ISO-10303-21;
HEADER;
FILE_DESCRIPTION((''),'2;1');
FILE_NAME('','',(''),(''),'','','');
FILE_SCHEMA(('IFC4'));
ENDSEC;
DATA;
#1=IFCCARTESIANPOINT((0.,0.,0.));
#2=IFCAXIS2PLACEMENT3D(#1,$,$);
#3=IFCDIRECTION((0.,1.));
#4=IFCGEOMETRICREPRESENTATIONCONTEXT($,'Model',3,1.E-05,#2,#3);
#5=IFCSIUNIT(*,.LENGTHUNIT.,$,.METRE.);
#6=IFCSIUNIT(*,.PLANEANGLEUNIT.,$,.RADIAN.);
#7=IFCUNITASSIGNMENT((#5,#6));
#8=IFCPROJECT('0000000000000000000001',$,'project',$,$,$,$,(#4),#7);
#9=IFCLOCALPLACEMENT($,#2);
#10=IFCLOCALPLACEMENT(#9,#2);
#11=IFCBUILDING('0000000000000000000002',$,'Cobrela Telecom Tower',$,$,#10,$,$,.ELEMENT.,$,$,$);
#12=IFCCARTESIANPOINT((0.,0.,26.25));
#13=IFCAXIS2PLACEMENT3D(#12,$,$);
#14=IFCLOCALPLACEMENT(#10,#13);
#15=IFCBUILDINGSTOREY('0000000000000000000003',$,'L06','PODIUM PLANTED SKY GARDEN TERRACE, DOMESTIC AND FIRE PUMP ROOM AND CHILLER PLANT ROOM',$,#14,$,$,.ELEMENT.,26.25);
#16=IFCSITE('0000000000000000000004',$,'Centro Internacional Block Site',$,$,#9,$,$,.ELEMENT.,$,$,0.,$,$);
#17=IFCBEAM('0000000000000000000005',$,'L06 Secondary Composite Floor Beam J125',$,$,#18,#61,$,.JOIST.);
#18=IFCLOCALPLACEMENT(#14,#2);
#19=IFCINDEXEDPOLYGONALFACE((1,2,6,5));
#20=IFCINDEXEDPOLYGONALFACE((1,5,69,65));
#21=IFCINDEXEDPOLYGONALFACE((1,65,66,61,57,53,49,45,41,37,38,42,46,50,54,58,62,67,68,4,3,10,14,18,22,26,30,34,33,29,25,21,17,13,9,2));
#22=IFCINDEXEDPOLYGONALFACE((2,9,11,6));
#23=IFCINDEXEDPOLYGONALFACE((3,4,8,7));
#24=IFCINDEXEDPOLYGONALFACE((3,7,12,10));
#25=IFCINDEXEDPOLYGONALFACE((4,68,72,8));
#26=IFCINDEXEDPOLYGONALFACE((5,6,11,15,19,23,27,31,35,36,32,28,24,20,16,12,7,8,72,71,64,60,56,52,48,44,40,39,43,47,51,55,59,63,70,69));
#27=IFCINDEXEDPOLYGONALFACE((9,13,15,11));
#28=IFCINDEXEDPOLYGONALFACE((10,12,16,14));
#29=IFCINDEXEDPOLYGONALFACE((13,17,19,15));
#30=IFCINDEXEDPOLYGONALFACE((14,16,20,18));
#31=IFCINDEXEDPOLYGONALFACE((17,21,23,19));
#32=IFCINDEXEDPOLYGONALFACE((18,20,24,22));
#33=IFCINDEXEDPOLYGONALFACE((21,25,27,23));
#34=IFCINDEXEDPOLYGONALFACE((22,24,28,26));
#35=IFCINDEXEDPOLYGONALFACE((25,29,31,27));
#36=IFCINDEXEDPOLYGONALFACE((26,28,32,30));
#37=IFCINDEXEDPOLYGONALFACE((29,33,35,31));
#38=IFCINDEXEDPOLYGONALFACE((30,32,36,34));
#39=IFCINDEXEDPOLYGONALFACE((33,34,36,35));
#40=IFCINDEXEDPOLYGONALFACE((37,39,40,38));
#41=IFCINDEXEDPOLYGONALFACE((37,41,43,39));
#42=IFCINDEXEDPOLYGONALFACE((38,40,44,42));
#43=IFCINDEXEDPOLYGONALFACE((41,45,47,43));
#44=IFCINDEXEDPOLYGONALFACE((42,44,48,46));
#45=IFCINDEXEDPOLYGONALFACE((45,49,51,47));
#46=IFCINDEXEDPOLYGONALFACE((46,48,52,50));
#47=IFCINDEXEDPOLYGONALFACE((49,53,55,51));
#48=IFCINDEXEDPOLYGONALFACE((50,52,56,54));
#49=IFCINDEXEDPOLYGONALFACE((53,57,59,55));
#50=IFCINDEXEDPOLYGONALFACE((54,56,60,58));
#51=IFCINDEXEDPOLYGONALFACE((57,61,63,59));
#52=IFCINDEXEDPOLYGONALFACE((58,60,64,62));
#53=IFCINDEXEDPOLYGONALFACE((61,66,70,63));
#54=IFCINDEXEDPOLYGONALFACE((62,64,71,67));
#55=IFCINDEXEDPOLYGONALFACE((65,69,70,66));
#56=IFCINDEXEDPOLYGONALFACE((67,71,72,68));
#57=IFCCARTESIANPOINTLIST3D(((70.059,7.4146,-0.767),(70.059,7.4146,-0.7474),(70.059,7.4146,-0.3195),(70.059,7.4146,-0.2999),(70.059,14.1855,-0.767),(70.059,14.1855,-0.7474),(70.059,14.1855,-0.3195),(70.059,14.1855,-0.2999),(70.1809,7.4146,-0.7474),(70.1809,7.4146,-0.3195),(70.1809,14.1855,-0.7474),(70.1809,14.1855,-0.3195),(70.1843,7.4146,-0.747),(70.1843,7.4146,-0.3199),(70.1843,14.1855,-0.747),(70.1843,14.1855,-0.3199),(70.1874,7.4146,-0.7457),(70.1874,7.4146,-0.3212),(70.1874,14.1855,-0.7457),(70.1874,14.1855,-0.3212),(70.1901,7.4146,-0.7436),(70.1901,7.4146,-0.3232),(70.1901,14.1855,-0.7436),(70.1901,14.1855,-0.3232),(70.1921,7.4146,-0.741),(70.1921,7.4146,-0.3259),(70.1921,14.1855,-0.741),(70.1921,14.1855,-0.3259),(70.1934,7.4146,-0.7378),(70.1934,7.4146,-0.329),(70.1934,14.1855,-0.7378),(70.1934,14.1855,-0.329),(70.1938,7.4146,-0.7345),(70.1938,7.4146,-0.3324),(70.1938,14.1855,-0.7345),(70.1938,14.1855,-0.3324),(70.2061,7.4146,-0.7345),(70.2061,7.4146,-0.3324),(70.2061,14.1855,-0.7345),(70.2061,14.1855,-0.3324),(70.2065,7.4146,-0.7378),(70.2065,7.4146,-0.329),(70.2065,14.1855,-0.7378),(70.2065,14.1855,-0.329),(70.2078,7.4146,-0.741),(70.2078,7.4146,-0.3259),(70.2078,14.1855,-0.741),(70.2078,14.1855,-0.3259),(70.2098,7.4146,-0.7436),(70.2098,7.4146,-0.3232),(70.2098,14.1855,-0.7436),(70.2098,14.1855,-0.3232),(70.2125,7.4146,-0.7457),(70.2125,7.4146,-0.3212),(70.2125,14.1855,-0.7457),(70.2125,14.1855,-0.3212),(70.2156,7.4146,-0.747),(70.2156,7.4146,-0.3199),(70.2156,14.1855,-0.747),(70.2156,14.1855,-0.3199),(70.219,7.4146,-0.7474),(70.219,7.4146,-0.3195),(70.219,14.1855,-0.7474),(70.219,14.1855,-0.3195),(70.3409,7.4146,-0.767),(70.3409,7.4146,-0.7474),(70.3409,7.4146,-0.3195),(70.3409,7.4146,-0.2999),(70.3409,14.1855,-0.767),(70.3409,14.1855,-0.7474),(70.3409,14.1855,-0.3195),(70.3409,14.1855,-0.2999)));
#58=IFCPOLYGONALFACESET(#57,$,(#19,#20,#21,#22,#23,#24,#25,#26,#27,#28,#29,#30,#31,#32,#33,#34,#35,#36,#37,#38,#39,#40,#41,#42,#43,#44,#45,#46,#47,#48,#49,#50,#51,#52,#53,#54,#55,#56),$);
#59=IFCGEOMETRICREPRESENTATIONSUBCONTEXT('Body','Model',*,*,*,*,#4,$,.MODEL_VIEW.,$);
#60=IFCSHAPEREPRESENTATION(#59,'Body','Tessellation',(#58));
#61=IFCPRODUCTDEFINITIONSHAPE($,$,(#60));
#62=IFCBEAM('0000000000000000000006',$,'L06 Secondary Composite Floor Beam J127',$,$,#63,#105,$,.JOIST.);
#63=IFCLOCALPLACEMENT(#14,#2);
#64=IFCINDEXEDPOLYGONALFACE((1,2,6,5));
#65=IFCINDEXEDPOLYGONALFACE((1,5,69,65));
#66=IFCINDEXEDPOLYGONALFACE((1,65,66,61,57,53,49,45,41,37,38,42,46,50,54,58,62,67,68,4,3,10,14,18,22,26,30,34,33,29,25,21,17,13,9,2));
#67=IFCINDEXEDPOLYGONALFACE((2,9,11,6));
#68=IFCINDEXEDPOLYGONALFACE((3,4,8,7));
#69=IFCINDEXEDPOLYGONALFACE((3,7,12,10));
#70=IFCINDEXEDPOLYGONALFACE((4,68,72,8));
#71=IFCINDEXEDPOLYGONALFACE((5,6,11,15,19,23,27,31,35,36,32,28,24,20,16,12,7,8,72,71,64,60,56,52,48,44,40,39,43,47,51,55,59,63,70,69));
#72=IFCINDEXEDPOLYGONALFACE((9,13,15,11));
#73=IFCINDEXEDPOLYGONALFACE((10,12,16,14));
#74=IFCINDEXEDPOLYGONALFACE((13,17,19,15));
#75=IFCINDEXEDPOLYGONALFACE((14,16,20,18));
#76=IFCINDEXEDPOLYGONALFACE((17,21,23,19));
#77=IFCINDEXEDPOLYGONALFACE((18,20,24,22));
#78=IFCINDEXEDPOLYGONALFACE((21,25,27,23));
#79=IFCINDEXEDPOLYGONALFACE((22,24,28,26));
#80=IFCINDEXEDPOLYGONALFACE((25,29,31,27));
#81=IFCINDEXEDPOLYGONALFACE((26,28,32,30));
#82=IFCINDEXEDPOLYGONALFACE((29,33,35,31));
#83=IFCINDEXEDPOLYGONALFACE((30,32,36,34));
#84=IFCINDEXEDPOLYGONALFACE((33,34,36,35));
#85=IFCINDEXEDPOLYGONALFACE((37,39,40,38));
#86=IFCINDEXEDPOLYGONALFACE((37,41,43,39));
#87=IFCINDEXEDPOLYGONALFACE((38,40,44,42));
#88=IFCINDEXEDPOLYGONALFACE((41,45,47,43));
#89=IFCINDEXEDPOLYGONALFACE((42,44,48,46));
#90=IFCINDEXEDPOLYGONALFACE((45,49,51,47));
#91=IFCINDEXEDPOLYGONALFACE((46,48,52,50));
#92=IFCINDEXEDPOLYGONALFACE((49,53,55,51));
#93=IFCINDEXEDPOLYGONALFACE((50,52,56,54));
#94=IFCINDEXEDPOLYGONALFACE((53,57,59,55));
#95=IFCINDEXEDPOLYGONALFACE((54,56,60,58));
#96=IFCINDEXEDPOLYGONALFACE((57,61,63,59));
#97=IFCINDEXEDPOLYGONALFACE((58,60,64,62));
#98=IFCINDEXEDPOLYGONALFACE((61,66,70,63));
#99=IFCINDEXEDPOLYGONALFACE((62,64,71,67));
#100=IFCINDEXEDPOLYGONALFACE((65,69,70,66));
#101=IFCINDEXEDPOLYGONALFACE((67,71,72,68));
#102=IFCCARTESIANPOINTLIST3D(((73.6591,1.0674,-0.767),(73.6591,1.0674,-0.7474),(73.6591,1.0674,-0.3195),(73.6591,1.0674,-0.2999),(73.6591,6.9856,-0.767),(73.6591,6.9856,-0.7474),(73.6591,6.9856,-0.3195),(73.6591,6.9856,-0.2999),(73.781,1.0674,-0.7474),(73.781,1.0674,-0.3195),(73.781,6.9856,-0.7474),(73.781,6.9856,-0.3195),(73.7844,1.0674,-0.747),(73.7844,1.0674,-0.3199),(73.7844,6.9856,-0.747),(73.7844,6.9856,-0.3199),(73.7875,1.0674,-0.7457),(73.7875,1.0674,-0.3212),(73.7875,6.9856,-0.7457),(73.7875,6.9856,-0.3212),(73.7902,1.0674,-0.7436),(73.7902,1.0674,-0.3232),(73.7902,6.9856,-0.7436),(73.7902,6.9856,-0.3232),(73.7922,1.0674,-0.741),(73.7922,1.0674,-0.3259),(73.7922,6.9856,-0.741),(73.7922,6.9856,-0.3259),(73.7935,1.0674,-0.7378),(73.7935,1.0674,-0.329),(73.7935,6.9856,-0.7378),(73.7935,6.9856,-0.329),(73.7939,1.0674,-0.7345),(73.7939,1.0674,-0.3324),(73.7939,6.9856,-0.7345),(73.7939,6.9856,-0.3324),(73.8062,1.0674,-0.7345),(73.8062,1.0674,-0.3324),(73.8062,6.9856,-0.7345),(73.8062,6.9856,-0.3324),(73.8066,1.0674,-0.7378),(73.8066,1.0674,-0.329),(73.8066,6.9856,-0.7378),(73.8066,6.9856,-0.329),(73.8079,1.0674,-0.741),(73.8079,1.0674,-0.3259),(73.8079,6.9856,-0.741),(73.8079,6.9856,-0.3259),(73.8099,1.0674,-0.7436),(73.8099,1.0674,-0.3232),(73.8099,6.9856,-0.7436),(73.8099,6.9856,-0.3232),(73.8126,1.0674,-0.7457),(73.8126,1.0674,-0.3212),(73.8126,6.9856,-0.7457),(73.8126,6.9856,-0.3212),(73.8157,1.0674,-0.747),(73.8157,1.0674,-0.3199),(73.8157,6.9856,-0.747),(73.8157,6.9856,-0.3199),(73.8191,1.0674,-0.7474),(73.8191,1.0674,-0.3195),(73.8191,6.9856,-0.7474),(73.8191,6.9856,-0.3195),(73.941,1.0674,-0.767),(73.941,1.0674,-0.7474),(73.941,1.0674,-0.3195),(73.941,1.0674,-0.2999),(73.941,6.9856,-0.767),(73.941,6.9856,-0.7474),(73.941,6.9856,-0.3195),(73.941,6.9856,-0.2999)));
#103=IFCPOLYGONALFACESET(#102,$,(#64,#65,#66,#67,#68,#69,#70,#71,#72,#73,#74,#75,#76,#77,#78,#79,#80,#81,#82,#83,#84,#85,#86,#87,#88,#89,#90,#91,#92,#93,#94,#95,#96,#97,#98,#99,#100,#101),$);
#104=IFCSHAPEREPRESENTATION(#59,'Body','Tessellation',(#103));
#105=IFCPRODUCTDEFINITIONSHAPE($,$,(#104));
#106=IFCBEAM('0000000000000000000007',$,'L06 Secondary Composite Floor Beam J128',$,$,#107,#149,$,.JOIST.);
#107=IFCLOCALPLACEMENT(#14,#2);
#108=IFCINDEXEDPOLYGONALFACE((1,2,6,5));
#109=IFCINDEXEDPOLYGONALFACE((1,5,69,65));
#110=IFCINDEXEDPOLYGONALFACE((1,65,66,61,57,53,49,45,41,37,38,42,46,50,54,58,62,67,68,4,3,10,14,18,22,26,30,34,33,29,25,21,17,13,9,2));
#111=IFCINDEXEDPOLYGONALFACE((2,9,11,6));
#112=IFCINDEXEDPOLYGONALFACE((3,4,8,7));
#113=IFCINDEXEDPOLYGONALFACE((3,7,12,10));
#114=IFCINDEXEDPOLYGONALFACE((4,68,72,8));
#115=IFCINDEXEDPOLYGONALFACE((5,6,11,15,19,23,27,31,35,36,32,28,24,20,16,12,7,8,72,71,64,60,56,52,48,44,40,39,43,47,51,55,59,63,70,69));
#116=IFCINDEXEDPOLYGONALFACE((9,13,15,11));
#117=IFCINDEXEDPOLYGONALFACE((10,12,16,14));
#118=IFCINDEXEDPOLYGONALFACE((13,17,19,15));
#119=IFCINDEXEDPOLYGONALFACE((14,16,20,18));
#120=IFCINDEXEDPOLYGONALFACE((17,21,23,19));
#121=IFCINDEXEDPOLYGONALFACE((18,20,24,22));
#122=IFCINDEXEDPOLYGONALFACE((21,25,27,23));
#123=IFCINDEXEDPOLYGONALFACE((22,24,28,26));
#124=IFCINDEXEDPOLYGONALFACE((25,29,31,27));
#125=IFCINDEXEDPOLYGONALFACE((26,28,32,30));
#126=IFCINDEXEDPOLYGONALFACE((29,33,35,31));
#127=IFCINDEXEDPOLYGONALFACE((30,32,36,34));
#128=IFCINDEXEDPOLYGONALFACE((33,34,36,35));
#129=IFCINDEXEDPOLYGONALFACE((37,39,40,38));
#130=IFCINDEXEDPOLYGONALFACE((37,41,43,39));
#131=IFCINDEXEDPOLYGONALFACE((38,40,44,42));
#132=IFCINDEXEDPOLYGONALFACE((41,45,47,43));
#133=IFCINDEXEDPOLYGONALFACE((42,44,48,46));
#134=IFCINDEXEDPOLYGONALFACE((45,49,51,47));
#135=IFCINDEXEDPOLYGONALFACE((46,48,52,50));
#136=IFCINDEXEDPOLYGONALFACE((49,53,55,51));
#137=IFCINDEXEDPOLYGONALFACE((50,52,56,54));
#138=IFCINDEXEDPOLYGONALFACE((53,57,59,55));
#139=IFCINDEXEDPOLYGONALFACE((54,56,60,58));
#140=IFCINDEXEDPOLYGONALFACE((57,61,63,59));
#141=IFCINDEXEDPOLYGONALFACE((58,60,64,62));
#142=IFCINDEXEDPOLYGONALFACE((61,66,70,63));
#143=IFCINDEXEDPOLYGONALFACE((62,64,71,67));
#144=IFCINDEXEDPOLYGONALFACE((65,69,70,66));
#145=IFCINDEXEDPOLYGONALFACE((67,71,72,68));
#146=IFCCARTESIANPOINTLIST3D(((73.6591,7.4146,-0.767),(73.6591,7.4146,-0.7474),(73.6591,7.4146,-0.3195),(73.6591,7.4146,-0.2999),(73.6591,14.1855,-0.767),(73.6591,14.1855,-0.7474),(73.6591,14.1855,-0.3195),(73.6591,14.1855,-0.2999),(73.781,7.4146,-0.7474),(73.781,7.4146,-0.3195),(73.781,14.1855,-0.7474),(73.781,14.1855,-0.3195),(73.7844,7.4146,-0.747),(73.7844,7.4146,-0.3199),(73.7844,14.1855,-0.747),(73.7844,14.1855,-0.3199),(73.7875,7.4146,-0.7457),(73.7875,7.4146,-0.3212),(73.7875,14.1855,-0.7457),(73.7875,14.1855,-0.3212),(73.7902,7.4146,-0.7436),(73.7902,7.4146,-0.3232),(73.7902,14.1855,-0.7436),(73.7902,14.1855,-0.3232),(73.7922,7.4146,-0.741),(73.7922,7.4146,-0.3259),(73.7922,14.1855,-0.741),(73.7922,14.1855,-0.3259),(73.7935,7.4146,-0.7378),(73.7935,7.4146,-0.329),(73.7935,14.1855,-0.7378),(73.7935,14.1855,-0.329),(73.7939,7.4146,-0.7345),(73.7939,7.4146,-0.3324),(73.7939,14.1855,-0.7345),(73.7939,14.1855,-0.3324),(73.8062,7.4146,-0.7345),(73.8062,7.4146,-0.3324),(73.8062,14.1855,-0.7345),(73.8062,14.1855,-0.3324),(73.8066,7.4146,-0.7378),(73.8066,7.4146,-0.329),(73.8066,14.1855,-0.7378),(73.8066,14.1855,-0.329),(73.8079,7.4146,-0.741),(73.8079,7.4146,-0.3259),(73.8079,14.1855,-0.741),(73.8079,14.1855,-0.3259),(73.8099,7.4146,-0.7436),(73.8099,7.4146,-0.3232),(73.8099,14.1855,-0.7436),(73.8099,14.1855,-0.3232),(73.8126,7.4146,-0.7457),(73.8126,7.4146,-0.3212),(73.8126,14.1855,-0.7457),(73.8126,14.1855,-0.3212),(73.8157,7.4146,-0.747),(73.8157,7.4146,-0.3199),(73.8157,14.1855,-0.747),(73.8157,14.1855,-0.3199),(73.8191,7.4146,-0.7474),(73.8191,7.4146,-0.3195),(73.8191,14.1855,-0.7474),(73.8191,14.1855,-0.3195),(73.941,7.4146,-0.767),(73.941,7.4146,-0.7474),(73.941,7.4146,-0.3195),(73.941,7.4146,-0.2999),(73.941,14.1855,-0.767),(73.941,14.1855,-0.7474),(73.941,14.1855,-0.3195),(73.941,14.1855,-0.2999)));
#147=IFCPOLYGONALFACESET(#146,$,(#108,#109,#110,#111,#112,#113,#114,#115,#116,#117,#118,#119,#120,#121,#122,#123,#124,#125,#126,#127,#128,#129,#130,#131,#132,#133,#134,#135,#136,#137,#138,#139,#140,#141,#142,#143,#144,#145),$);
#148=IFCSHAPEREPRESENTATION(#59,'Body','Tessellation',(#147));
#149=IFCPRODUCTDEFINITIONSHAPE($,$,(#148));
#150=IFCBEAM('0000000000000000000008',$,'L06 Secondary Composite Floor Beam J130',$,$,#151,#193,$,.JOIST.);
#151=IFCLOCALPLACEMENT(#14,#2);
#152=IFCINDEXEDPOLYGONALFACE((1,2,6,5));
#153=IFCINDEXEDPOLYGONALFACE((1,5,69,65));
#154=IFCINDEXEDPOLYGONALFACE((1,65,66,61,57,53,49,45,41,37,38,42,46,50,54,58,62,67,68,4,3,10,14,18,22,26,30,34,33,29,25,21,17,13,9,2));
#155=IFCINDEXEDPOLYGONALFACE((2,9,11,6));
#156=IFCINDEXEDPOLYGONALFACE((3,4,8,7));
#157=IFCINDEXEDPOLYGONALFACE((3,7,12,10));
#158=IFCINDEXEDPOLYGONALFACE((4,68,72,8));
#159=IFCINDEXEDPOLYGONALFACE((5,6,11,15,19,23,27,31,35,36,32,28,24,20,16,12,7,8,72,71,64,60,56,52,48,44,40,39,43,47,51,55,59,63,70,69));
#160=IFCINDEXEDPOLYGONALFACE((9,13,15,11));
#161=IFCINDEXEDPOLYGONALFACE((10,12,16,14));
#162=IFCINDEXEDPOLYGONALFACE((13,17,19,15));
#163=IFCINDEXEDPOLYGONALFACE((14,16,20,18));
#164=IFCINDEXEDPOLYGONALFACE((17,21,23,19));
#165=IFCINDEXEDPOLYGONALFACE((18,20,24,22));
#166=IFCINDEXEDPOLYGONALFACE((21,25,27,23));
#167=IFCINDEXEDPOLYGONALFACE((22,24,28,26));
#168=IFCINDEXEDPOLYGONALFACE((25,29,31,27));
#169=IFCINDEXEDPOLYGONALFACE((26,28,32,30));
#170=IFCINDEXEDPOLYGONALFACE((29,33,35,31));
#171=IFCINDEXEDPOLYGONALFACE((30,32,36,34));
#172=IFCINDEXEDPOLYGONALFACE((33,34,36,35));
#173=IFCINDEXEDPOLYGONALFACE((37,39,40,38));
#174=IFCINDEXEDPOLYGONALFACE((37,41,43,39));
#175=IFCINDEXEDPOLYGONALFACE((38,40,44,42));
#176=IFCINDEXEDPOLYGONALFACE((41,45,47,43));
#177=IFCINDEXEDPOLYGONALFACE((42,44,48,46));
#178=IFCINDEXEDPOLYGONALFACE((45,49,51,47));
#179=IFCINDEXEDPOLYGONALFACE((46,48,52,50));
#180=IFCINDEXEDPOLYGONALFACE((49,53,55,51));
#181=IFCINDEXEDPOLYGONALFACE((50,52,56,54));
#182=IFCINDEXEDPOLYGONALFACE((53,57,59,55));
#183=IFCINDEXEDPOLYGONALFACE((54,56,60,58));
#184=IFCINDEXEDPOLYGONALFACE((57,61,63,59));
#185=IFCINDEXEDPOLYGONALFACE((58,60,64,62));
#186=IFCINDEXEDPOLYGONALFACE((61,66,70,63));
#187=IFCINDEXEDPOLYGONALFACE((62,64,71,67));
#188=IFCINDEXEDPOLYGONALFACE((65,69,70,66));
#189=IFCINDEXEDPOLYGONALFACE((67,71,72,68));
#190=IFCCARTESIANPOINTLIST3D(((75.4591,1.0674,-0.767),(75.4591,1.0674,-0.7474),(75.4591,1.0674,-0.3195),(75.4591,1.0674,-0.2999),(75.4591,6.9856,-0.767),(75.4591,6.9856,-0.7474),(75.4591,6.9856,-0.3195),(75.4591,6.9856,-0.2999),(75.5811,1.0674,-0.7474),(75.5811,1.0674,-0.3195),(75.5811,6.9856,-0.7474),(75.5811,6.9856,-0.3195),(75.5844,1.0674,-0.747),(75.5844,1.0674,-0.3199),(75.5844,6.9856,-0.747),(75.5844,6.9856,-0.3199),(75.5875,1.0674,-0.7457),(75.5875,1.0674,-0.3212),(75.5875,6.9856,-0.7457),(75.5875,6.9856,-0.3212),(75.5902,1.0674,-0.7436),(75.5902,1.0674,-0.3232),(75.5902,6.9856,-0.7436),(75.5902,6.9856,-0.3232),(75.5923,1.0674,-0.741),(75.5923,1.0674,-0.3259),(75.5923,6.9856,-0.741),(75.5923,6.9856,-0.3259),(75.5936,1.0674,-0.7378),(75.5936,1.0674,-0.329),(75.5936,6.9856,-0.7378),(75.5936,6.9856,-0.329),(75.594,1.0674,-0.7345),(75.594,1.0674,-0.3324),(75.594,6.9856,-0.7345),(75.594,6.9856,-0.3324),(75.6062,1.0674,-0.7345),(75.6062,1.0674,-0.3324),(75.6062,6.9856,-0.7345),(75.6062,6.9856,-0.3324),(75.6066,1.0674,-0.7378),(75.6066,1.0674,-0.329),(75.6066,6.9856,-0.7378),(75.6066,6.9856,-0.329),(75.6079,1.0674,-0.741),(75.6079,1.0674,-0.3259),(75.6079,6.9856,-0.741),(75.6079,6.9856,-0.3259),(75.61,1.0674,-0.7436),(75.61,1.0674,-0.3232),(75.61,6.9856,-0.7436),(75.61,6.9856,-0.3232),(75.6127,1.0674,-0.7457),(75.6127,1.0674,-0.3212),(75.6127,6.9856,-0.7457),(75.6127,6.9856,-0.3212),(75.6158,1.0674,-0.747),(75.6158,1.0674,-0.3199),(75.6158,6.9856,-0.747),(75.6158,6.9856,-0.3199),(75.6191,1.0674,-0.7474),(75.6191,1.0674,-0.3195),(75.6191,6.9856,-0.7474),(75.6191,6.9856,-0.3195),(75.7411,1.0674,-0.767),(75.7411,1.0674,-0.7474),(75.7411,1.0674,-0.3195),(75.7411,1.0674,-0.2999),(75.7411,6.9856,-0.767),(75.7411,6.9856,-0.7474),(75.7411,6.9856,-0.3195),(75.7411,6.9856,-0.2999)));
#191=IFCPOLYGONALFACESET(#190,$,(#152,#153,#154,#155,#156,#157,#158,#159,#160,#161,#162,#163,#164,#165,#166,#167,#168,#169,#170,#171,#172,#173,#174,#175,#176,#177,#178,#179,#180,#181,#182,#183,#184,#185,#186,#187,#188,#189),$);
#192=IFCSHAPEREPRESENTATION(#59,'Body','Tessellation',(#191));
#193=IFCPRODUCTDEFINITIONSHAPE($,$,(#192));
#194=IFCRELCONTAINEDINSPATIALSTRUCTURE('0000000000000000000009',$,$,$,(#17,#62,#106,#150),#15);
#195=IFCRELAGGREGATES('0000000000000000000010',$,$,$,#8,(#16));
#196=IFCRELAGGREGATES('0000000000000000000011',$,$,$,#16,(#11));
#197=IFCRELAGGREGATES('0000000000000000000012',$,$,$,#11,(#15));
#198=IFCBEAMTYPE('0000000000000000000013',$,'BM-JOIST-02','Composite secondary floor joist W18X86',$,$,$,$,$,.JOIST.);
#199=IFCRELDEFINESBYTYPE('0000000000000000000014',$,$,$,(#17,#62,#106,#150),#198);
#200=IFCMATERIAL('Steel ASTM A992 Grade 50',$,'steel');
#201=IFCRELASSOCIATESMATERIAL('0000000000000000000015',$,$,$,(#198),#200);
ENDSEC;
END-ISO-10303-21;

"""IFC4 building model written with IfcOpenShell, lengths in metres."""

from ifc_helpers import new_model, si_unit, direction, frame, origin, origin_2d, place, context, subcontext, project, spatial, i_section, extrude, material, material_profile, profile_set, type_object, element, save


model = new_model("IFC4")

# Units and contexts
model_context = context("Model", 3, precision=1e-05, world=origin(), true_north=direction((0.0, 1.0)))
body_context = subcontext(model_context, "Body", "Model", "MODEL_VIEW")
ifc_project = project(units=[si_unit("LENGTHUNIT", "METRE"), si_unit("PLANEANGLEUNIT", "RADIAN")], contexts=[model_context])

# Site, building, storey
site_placement = place(None, origin())
site = spatial("IfcSite", under=ifc_project, at=site_placement, Name="Centro Internacional Block Site", CompositionType="ELEMENT", RefElevation=0.0)
building_placement = place(site_placement, origin())
building = spatial("IfcBuilding", under=site, at=building_placement, Name="Cobrela Telecom Tower", CompositionType="ELEMENT")
storey_placement = place(building_placement, frame((0.0, 0.0, 26.25)))
storey = spatial("IfcBuildingStorey", under=building, at=storey_placement, Name="L06", Description="PODIUM PLANTED SKY GARDEN TERRACE, DOMESTIC AND FIRE PUMP ROOM AND CHILLER PLANT ROOM", CompositionType="ELEMENT", Elevation=26.25)

# Beams
ifc_material_1 = material(Name="Steel ASTM A992 Grade 50", Category="steel")
ifc_material_profile_1 = material_profile(ifc_material_1, i_section(OverallWidth=0.282, OverallDepth=0.467, WebThickness=0.0122, FlangeThickness=0.0195, FilletRadius=0.0129, at=origin_2d()), Name="W18X86")
ifc_profile_set_1 = profile_set([ifc_material_profile_1], Name="Steel ASTM A992 Grade 50")
beam_type_1 = type_object("IfcBeamType", Name="BM-JOIST-02", Description="Composite secondary floor joist W18X86", PredefinedType="JOIST", material=ifc_profile_set_1)
beam_1_placement = place(storey_placement, frame((70.2, 7.4146, -0.5334), z_axis=(0.0, 1.0, 0.0), x_axis=(-1.0, 0.0, 0.0)))
element("IfcBeam", 1, at=beam_1_placement, inside=storey, type_object=beam_type_1, Name="L06 Secondary Composite Floor Beam J125", PredefinedType="JOIST", context=body_context, shape_type="SweptSolid", body=[
    extrude(i_section(OverallWidth=0.282, OverallDepth=0.467, WebThickness=0.0122, FlangeThickness=0.0195, FilletRadius=0.0129, at=origin_2d()), origin(), (0.0, 0.0, 1.0), 6.771),
])
beam_2_placement = place(storey_placement, frame((73.8, 1.0674, -0.5334), z_axis=(0.0, 1.0, 0.0), x_axis=(-1.0, 0.0, 0.0)))
element("IfcBeam", 2, at=beam_2_placement, inside=storey, type_object=beam_type_1, Name="L06 Secondary Composite Floor Beam J127", PredefinedType="JOIST", context=body_context, shape_type="SweptSolid", body=[
    extrude(i_section(OverallWidth=0.282, OverallDepth=0.467, WebThickness=0.0122, FlangeThickness=0.0195, FilletRadius=0.0129, at=origin_2d()), origin(), (0.0, 0.0, 1.0), 5.9182),
])
beam_3_placement = place(storey_placement, frame((73.8, 7.4146, -0.5334), z_axis=(0.0, 1.0, 0.0), x_axis=(-1.0, 0.0, 0.0)))
element("IfcBeam", 3, at=beam_3_placement, inside=storey, type_object=beam_type_1, Name="L06 Secondary Composite Floor Beam J128", PredefinedType="JOIST", context=body_context, shape_type="SweptSolid", body=[
    extrude(i_section(OverallWidth=0.282, OverallDepth=0.467, WebThickness=0.0122, FlangeThickness=0.0195, FilletRadius=0.0129, at=origin_2d()), origin(), (0.0, 0.0, 1.0), 6.771),
])
beam_4_placement = place(storey_placement, frame((75.6001, 1.0674, -0.5334), z_axis=(0.0, 1.0, 0.0), x_axis=(-1.0, 0.0, 0.0)))
element("IfcBeam", 4, at=beam_4_placement, inside=storey, type_object=beam_type_1, Name="L06 Secondary Composite Floor Beam J130", PredefinedType="JOIST", context=body_context, shape_type="SweptSolid", body=[
    extrude(i_section(OverallWidth=0.282, OverallDepth=0.467, WebThickness=0.0122, FlangeThickness=0.0195, FilletRadius=0.0129, at=origin_2d()), origin(), (0.0, 0.0, 1.0), 5.9182),
])

save(model, "model.ifc")
